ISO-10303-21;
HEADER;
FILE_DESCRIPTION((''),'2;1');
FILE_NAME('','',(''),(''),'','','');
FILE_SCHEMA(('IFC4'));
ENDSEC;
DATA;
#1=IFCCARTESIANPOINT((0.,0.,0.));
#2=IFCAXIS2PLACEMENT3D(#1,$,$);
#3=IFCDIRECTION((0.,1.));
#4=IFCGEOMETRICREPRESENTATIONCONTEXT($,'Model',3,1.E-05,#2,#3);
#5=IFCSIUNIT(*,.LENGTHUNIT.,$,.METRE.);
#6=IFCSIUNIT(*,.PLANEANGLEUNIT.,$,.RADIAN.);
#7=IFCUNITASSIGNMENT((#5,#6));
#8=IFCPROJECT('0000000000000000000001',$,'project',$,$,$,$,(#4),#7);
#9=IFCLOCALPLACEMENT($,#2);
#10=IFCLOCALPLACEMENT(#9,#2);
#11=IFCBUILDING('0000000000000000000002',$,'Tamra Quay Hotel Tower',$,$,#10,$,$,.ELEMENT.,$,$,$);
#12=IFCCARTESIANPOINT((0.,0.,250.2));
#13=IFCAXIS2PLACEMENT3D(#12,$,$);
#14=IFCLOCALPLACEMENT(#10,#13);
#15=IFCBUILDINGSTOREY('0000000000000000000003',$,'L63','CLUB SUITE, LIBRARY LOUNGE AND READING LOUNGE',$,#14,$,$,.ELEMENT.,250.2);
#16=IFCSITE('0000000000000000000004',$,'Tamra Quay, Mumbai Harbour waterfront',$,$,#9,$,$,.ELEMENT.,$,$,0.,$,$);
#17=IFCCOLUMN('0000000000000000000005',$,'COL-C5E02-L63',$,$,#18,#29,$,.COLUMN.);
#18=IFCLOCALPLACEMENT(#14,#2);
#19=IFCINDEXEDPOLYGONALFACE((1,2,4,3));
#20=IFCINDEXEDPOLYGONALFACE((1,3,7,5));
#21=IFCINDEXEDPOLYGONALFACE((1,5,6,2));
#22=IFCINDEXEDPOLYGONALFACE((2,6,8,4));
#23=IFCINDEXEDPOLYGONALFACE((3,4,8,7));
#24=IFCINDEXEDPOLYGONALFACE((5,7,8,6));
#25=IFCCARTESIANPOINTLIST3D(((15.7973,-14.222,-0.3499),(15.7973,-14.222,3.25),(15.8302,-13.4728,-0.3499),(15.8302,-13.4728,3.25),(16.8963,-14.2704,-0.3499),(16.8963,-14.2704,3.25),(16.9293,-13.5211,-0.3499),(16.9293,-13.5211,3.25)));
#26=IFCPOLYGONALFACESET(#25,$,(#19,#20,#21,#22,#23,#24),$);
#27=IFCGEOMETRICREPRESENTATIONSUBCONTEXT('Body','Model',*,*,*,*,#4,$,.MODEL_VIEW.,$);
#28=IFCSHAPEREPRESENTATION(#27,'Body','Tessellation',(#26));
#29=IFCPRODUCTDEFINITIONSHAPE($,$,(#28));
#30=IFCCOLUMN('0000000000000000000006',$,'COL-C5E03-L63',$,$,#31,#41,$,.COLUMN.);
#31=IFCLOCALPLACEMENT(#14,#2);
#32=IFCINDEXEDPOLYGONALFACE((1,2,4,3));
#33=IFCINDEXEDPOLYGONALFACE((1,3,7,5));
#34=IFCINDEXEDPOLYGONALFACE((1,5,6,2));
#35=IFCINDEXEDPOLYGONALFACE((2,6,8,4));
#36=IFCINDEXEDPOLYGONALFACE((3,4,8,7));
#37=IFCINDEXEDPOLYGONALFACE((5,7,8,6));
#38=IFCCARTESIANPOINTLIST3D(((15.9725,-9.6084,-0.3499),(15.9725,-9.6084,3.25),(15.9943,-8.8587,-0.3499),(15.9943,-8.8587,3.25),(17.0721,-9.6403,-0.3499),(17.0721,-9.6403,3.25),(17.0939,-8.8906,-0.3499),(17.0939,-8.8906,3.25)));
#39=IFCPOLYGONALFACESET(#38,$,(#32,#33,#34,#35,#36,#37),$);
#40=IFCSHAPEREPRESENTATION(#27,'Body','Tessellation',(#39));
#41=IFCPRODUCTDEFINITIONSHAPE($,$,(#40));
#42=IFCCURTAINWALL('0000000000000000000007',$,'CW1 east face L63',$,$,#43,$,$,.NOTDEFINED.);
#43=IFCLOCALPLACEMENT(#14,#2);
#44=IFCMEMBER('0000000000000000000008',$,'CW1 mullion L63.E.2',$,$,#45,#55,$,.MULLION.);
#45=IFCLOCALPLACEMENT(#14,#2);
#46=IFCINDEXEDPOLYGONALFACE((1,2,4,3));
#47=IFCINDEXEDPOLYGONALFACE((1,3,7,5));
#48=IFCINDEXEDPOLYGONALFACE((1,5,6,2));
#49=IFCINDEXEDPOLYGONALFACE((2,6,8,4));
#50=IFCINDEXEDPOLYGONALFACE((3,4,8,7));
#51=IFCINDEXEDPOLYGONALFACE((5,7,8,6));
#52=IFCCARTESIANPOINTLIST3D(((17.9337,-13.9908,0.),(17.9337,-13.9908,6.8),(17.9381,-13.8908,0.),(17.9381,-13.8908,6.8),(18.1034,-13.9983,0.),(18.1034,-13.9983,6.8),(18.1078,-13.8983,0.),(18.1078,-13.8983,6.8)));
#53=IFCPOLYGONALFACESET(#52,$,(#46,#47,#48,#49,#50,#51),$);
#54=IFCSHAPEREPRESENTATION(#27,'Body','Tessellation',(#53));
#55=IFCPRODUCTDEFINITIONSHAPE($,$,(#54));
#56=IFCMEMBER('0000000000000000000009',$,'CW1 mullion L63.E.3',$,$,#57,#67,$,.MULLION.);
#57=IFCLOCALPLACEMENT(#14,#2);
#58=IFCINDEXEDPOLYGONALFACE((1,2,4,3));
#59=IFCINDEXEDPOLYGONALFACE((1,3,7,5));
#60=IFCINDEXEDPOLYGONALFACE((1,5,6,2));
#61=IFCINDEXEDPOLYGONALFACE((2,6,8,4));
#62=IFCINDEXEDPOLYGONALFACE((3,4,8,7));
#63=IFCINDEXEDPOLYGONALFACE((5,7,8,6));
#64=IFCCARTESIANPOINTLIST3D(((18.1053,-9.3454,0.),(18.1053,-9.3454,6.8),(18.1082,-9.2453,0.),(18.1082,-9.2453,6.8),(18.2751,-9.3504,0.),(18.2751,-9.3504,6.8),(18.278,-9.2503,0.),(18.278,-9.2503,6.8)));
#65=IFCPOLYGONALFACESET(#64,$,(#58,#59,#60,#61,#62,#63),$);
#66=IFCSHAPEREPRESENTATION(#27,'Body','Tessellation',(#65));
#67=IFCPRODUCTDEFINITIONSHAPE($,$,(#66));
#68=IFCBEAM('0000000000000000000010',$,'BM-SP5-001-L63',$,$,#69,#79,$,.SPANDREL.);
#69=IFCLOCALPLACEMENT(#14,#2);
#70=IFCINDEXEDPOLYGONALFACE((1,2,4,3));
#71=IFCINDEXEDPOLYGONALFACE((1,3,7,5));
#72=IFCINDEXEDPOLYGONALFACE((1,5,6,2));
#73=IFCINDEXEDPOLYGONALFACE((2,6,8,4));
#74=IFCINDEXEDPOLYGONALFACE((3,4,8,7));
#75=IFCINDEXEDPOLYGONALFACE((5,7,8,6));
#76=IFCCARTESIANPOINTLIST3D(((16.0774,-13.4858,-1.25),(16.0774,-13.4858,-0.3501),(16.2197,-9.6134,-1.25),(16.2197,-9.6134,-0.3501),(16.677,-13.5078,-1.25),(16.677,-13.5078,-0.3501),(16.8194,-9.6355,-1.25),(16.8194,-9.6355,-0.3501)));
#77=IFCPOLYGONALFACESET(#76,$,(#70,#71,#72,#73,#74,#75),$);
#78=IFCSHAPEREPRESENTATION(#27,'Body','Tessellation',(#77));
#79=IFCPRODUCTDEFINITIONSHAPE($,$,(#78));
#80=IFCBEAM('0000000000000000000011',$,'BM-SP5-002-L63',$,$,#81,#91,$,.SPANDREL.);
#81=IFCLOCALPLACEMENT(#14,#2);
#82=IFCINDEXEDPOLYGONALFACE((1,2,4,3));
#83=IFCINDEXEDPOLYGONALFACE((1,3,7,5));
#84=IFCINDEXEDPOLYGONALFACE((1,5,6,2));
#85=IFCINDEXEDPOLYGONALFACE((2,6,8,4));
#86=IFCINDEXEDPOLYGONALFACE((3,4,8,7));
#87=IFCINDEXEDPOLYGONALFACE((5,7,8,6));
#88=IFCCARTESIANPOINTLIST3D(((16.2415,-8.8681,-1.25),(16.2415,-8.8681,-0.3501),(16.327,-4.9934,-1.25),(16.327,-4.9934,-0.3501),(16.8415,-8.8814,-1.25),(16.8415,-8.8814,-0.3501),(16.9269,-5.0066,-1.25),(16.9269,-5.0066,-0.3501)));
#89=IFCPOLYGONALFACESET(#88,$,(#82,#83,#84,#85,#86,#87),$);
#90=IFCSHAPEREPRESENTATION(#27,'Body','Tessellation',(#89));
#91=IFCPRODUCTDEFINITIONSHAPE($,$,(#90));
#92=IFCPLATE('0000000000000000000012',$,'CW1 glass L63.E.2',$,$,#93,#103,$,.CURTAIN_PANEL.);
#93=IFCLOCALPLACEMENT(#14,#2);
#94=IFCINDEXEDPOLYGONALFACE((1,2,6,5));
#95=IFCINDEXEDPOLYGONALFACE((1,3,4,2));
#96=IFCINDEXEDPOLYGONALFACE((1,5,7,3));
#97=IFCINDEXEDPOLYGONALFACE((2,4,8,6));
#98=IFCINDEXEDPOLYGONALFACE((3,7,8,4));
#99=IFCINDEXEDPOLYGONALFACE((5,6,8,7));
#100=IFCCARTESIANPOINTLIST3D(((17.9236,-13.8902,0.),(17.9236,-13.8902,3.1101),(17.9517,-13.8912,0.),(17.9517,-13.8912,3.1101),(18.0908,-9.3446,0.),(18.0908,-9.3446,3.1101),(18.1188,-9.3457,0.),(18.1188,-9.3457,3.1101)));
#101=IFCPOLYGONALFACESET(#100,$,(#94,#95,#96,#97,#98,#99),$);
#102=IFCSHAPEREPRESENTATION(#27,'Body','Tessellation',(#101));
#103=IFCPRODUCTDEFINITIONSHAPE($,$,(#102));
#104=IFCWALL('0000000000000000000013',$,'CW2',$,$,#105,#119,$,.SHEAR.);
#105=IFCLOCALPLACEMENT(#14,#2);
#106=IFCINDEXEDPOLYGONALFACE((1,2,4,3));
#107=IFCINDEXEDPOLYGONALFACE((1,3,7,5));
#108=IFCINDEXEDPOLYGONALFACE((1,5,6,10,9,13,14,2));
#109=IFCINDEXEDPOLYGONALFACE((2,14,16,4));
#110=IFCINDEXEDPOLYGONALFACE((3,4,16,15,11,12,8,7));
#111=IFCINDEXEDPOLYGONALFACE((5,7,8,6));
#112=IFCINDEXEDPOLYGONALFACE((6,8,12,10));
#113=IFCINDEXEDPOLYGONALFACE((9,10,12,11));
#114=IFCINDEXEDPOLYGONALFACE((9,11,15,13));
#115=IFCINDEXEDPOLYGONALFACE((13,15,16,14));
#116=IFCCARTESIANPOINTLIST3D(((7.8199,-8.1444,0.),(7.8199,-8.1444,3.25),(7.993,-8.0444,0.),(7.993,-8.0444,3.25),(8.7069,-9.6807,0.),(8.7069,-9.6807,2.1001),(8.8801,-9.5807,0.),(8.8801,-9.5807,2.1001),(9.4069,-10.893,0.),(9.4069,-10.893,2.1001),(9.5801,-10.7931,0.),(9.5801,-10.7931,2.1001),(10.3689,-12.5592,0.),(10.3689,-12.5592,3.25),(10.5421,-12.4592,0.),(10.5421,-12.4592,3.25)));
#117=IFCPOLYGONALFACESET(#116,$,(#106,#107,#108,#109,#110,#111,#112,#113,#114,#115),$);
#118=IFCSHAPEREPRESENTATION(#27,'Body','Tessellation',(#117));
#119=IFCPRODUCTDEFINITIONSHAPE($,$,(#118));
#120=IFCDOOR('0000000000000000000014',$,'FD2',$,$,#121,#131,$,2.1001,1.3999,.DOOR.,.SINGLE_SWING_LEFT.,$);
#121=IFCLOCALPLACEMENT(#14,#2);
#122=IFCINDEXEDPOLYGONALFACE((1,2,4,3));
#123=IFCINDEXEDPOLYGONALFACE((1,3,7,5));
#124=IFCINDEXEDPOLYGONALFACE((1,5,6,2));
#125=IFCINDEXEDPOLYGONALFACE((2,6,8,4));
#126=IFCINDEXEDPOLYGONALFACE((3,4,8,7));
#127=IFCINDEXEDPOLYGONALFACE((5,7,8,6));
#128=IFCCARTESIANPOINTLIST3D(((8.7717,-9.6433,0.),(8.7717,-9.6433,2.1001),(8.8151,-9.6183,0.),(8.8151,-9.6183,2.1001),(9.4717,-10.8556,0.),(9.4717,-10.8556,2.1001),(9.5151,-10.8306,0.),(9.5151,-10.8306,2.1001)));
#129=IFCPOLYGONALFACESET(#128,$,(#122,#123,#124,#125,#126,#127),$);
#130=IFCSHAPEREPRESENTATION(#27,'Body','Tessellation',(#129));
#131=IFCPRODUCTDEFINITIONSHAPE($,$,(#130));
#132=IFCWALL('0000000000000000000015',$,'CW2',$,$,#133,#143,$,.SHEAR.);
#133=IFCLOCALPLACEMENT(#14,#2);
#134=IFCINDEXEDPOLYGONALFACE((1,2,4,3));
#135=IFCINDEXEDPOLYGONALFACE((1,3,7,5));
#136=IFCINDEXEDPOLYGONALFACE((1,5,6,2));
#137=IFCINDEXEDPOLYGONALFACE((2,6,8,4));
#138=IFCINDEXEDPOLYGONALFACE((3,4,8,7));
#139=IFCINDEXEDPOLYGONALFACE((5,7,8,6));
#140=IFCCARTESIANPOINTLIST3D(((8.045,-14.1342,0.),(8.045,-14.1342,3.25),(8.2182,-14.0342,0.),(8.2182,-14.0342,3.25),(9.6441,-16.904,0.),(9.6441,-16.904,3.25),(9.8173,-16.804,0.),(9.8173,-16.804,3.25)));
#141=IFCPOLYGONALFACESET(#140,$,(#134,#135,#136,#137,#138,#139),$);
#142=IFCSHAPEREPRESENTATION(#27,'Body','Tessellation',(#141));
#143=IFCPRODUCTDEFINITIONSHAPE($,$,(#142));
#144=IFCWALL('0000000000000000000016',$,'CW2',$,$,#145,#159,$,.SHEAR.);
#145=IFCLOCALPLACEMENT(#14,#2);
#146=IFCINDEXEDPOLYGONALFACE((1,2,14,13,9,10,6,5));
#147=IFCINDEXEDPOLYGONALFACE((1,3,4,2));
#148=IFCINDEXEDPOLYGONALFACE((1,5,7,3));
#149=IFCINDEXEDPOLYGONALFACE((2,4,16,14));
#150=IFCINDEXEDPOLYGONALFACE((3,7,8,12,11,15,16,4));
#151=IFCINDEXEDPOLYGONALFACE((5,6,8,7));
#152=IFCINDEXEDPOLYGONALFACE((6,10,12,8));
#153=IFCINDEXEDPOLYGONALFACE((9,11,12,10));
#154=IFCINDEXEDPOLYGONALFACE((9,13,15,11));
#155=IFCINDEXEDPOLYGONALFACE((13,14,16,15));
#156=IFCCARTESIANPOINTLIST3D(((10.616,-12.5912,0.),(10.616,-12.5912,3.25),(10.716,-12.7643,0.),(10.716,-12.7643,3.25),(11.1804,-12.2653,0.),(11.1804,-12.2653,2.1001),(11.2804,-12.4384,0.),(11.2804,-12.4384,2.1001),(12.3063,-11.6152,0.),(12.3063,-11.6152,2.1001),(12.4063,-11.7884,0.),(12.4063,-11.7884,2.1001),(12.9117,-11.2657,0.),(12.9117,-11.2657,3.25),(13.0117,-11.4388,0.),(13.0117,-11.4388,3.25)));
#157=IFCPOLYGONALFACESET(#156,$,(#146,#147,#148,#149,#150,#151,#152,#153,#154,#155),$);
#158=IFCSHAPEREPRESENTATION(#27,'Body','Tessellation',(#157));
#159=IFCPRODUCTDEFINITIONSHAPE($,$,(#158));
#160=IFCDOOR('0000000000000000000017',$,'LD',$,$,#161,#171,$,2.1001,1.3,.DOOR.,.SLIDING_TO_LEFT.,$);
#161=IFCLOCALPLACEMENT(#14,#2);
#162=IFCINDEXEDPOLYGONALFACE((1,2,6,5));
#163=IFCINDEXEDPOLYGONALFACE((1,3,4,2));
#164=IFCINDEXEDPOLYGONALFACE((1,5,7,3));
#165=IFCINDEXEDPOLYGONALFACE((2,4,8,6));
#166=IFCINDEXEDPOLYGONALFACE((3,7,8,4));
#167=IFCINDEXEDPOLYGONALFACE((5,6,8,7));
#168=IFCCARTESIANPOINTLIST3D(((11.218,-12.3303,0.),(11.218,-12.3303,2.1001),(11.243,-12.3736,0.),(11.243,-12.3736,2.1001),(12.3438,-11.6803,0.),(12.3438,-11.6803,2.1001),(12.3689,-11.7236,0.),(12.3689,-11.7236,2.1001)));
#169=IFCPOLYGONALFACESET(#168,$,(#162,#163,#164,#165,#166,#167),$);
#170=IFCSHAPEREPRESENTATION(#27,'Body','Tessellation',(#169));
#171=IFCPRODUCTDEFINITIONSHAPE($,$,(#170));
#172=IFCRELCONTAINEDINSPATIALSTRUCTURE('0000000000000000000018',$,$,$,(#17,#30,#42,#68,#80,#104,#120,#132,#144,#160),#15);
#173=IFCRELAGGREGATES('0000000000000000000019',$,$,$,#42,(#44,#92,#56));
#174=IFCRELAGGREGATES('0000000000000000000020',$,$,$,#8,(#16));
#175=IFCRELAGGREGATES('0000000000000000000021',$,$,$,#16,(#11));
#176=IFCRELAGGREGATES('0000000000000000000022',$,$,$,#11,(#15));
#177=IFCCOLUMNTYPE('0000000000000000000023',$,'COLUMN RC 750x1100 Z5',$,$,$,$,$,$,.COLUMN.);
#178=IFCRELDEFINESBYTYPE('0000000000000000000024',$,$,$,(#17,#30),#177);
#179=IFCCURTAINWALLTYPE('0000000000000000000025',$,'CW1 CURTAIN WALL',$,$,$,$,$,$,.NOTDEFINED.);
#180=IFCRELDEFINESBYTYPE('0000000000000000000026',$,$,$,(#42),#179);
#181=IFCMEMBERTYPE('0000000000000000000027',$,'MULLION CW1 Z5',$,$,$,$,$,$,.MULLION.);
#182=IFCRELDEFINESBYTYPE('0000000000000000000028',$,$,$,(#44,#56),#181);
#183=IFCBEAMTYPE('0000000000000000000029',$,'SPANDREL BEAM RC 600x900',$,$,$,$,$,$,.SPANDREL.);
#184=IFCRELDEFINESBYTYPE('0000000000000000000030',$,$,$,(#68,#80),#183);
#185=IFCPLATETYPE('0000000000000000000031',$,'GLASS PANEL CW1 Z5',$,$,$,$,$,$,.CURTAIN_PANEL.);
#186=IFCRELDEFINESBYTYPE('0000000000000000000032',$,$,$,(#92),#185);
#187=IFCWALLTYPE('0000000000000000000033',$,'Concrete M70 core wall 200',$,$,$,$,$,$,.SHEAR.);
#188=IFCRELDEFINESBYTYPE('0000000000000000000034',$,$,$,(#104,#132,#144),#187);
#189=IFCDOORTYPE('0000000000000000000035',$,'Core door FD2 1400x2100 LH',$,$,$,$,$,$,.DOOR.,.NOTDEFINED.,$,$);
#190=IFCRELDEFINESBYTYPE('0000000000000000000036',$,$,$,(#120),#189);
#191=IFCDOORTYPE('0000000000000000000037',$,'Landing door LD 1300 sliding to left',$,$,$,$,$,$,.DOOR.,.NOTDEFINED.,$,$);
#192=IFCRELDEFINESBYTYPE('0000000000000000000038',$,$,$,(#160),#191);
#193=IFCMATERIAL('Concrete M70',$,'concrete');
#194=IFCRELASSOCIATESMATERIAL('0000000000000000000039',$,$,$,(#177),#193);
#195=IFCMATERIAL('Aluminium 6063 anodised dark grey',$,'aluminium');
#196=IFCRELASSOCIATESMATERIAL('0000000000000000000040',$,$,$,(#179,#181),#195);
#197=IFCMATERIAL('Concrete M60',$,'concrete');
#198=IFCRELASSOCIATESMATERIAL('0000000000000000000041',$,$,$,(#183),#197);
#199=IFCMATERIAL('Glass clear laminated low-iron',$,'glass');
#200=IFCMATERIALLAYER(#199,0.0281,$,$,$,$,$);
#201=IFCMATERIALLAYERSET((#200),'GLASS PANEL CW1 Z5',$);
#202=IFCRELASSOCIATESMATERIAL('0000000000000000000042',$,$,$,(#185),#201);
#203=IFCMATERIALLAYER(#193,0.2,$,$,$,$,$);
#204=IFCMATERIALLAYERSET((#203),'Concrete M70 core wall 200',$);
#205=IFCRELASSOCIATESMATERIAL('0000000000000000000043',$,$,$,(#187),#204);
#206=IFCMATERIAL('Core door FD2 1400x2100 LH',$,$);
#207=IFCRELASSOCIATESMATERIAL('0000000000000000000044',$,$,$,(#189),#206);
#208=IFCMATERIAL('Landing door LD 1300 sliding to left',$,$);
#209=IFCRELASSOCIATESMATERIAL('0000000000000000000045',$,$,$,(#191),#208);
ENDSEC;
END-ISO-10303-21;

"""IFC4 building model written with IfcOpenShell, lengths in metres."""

from ifc_helpers import new_model, si_unit, direction, frame, frame_2d, origin, origin_2d, place, context, subcontext, project, spatial, rectangle, extrude, material, layer, layer_set, material_profile, profile_set, type_object, element, fill, aggregate, save


model = new_model("IFC4")

# Units and contexts
model_context = context("Model", 3, precision=1e-05, world=origin(), true_north=direction((0.0, 1.0)))
body_context = subcontext(model_context, "Body", "Model", "MODEL_VIEW")
ifc_project = project(units=[si_unit("LENGTHUNIT", "METRE"), si_unit("PLANEANGLEUNIT", "RADIAN")], contexts=[model_context])

# Site, building, storey
site_placement = place(None, origin())
site = spatial("IfcSite", under=ifc_project, at=site_placement, Name="Tamra Quay, Mumbai Harbour waterfront", CompositionType="ELEMENT", RefElevation=0.0)
building_placement = place(site_placement, origin())
building = spatial("IfcBuilding", under=site, at=building_placement, Name="Tamra Quay Hotel Tower", CompositionType="ELEMENT")
storey_placement = place(building_placement, frame((0.0, 0.0, 250.2)))
storey = spatial("IfcBuildingStorey", under=building, at=storey_placement, Name="L63", Description="CLUB SUITE, LIBRARY LOUNGE AND READING LOUNGE", CompositionType="ELEMENT", Elevation=250.2)

# Columns
ifc_material_1 = material(Name="Concrete M70", Category="concrete")
ifc_material_profile_1 = material_profile(ifc_material_1, rectangle(XDim=1.1001, YDim=0.75, at=origin_2d()), Name="COLUMN RC 750x1100 Z5")
ifc_profile_set_1 = profile_set([ifc_material_profile_1], Name="Concrete M70")
column_type = type_object("IfcColumnType", Name="COLUMN RC 750x1100 Z5", PredefinedType="COLUMN", material=ifc_profile_set_1)
for number, where, z_axis, x_axis, name in (
    (1, (16.3633, -13.8716, -0.3499), (0.0, 0.0, 1.0), (-0.999033, 0.043958, 0.0), "COL-C5E02-L63"),
    (2, (16.5332, -9.2495, -0.3499), (0.0, 0.0, 1.0), (-0.999579, 0.029028, 0.0), "COL-C5E03-L63"),
):
    element("IfcColumn", number, at=place(storey_placement, frame(where, z_axis=z_axis, x_axis=x_axis)), inside=storey, type_object=column_type, Name=name, PredefinedType="COLUMN", context=body_context, shape_type="SweptSolid", body=[
        extrude(rectangle(XDim=1.1001, YDim=0.75, at=origin_2d()), origin(), (0.0, 0.0, 1.0), 3.5999),
    ])

# Curtain wall, members
ifc_material_2 = material(Name="Aluminium 6063 anodised dark grey", Category="aluminium")
curtain_wall_type = type_object("IfcCurtainWallType", Name="CW1 CURTAIN WALL", PredefinedType="NOTDEFINED", material=ifc_material_2)
curtain_wall_placement = place(storey_placement, origin())
curtain_wall = element("IfcCurtainWall", 3, at=curtain_wall_placement, inside=storey, type_object=curtain_wall_type, Name="CW1 east face L63", PredefinedType="NOTDEFINED")
ifc_material_profile_2 = material_profile(ifc_material_2, rectangle(XDim=0.1699, YDim=0.1001, at=origin_2d()), Name="MULLION 100X170")
ifc_profile_set_2 = profile_set([ifc_material_profile_2], Name="Aluminium 6063 anodised dark grey")
member_type = type_object("IfcMemberType", Name="MULLION CW1 Z5", PredefinedType="MULLION", material=ifc_profile_set_2)
member_1_placement = place(storey_placement, frame((18.0208, -13.9446, 0.0), z_axis=(0.0, 0.0, 1.0), x_axis=(0.999028, -0.044075, 0.0)))
member_1 = element("IfcMember", 4, at=member_1_placement, type_object=member_type, Name="CW1 mullion L63.E.2", PredefinedType="MULLION", context=body_context, shape_type="SweptSolid", body=[
    extrude(rectangle(XDim=0.1699, YDim=0.1001, at=origin_2d()), origin(), (0.0, 0.0, 1.0), 6.8),
])
member_2_placement = place(storey_placement, frame((18.1917, -9.2979, 0.0), z_axis=(0.0, 0.0, 1.0), x_axis=(0.999568, -0.029405, 0.0)))
member_2 = element("IfcMember", 5, at=member_2_placement, type_object=member_type, Name="CW1 mullion L63.E.3", PredefinedType="MULLION", context=body_context, shape_type="SweptSolid", body=[
    extrude(rectangle(XDim=0.1699, YDim=0.1001, at=origin_2d()), origin(), (0.0, 0.0, 1.0), 6.8),
])

# Beams
ifc_material_3 = material(Name="Concrete M60", Category="concrete")
ifc_material_profile_3 = material_profile(ifc_material_3, rectangle(XDim=0.6001, YDim=0.8999, at=origin_2d()), Name="SPANDREL BEAM RC 600x900")
ifc_profile_set_3 = profile_set([ifc_material_profile_3], Name="Concrete M60")
beam_type = type_object("IfcBeamType", Name="SPANDREL BEAM RC 600x900", PredefinedType="SPANDREL", material=ifc_profile_set_3)
beam_1_placement = place(storey_placement, frame((16.3772, -13.4968, -0.8), z_axis=(0.036732, 0.999325, 0.0), x_axis=(-0.999325, 0.036732, 0.0)))
element("IfcBeam", 6, at=beam_1_placement, inside=storey, type_object=beam_type, Name="BM-SP5-001-L63", PredefinedType="SPANDREL", context=body_context, shape_type="SweptSolid", body=[
    extrude(rectangle(XDim=0.6001, YDim=0.8999, at=origin_2d()), origin(), (0.0, 0.0, 1.0), 3.875),
])
beam_2_placement = place(storey_placement, frame((16.5415, -8.8748, -0.8), z_axis=(0.022047, 0.999757, 0.0), x_axis=(-0.999757, 0.022047, 0.0)))
element("IfcBeam", 7, at=beam_2_placement, inside=storey, type_object=beam_type, Name="BM-SP5-002-L63", PredefinedType="SPANDREL", context=body_context, shape_type="SweptSolid", body=[
    extrude(rectangle(XDim=0.6001, YDim=0.8999, at=origin_2d()), origin(), (0.0, 0.0, 1.0), 3.8757),
])

# Plate
ifc_material_4 = material(Name="Glass clear laminated low-iron", Category="glass")
ifc_layer_1 = layer(ifc_material_4, 0.0281)
ifc_layer_set_1 = layer_set([ifc_layer_1], Name="GLASS PANEL CW1 Z5")
plate_type = type_object("IfcPlateType", Name="GLASS PANEL CW1 Z5", PredefinedType="CURTAIN_PANEL", material=ifc_layer_set_1)
plate_placement = place(storey_placement, frame((18.0212, -11.6179, 0.0), z_axis=(0.0, 0.0, 1.0), x_axis=(0.036745, 0.999325, 0.0)))
plate = element("IfcPlate", 8, at=plate_placement, type_object=plate_type, Name="CW1 glass L63.E.2", PredefinedType="CURTAIN_PANEL", context=body_context, shape_type="SweptSolid", body=[
    extrude(rectangle(XDim=4.5486, YDim=0.0281, at=origin_2d()), origin(), (0.0, 0.0, 1.0), 3.1101),
])
aggregate(curtain_wall, [member_1, plate, member_2])

# Wall, opening, door
ifc_layer_2 = layer(ifc_material_1, 0.2)
ifc_layer_set_2 = layer_set([ifc_layer_2], Name="Concrete M70 core wall 200")
wall_type_1 = type_object("IfcWallType", Name="Concrete M70 core wall 200", PredefinedType="SHEAR", material=ifc_layer_set_2)
wall_1_placement = place(storey_placement, frame((7.9065, -8.0945, 0.0), z_axis=(0.0, 0.0, 1.0), x_axis=(0.500028, -0.866009, 0.0)))
wall_1 = element("IfcWall", 9, at=wall_1_placement, inside=storey, type_object=wall_type_1, Name="CW2", PredefinedType="SHEAR", context=body_context, shape_type="SweptSolid", body=[
    extrude(rectangle(XDim=5.0979, YDim=0.2, at=frame_2d((2.5488, 0.0))), origin(), (0.0, 0.0, 1.0), 3.25),
])
opening_1_placement = place(wall_1_placement, frame((1.7739, 0.0, 0.0)))
opening_1 = element("IfcOpeningElement", 10, at=opening_1_placement, cuts=wall_1, PredefinedType="OPENING", context=body_context, shape_type="SweptSolid", body=[
    extrude(rectangle(XDim=1.3999, YDim=2.1001, at=frame_2d((0.7, 1.05))), frame((0.0, 0.1099, 0.0), z_axis=(0.0, -1.0, 0.0), x_axis=(1.0, 0.0, 0.0)), (0.0, 0.0, 1.0), 0.22),
])
ifc_material_5 = material(Name="Core door FD2 1400x2100 LH")
door_type_1 = type_object("IfcDoorType", Name="Core door FD2 1400x2100 LH", OperationType="NOTDEFINED", PredefinedType="DOOR", material=ifc_material_5)
door_1_placement = place(opening_1_placement, origin())
door_1 = element("IfcDoor", 11, at=door_1_placement, inside=storey, type_object=door_type_1, Name="FD2", OperationType="SINGLE_SWING_LEFT", OverallHeight=2.1001, OverallWidth=1.3999, PredefinedType="DOOR", context=body_context, shape_type="SweptSolid", body=[
    extrude(rectangle(XDim=1.3999, YDim=2.1001, at=frame_2d((0.7, 1.05))), frame((0.0, 0.0249, 0.0), z_axis=(0.0, -1.0, 0.0), x_axis=(1.0, 0.0, 0.0)), (0.0, 0.0, 1.0), 0.05),
])
fill(opening_1, door_1)

# Wall
wall_2_placement = place(storey_placement, frame((8.1316, -14.0842, 0.0), z_axis=(0.0, 0.0, 1.0), x_axis=(0.499998, -0.866027, 0.0)))
element("IfcWall", 12, at=wall_2_placement, inside=storey, type_object=wall_type_1, Name="CW2", PredefinedType="SHEAR", context=body_context, shape_type="SweptSolid", body=[
    extrude(rectangle(XDim=3.1982, YDim=0.2, at=frame_2d((1.5991, 0.0))), origin(), (0.0, 0.0, 1.0), 3.25),
])

# Wall, opening, door
wall_3_placement = place(storey_placement, frame((10.666, -12.6777, 0.0), z_axis=(0.0, 0.0, 1.0), x_axis=(0.866018, 0.500012, 0.0)))
wall_3 = element("IfcWall", 13, at=wall_3_placement, inside=storey, type_object=wall_type_1, Name="CW2", PredefinedType="SHEAR", context=body_context, shape_type="SweptSolid", body=[
    extrude(rectangle(XDim=2.6509, YDim=0.2, at=frame_2d((1.3254, 0.0))), origin(), (0.0, 0.0, 1.0), 3.25),
])
opening_2_placement = place(wall_3_placement, frame((0.6519, 0.0, 0.0)))
opening_2 = element("IfcOpeningElement", 14, at=opening_2_placement, cuts=wall_3, PredefinedType="OPENING", context=body_context, shape_type="SweptSolid", body=[
    extrude(rectangle(XDim=1.3, YDim=2.1001, at=frame_2d((0.6499, 1.05))), frame((0.0, 0.1099, 0.0), z_axis=(0.0, -1.0, 0.0), x_axis=(1.0, 0.0, 0.0)), (0.0, 0.0, 1.0), 0.22),
])
ifc_material_6 = material(Name="Landing door LD 1300 sliding to left")
door_type_2 = type_object("IfcDoorType", Name="Landing door LD 1300 sliding to left", OperationType="NOTDEFINED", PredefinedType="DOOR", material=ifc_material_6)
door_2_placement = place(opening_2_placement, origin())
door_2 = element("IfcDoor", 15, at=door_2_placement, inside=storey, type_object=door_type_2, Name="LD", OperationType="SLIDING_TO_LEFT", OverallHeight=2.1001, OverallWidth=1.3, PredefinedType="DOOR", context=body_context, shape_type="SweptSolid", body=[
    extrude(rectangle(XDim=1.3, YDim=2.1001, at=frame_2d((0.6499, 1.05))), frame((0.0, 0.0249, 0.0), z_axis=(0.0, -1.0, 0.0), x_axis=(1.0, 0.0, 0.0)), (0.0, 0.0, 1.0), 0.05),
])
fill(opening_2, door_2)

save(model, "model.ifc")
